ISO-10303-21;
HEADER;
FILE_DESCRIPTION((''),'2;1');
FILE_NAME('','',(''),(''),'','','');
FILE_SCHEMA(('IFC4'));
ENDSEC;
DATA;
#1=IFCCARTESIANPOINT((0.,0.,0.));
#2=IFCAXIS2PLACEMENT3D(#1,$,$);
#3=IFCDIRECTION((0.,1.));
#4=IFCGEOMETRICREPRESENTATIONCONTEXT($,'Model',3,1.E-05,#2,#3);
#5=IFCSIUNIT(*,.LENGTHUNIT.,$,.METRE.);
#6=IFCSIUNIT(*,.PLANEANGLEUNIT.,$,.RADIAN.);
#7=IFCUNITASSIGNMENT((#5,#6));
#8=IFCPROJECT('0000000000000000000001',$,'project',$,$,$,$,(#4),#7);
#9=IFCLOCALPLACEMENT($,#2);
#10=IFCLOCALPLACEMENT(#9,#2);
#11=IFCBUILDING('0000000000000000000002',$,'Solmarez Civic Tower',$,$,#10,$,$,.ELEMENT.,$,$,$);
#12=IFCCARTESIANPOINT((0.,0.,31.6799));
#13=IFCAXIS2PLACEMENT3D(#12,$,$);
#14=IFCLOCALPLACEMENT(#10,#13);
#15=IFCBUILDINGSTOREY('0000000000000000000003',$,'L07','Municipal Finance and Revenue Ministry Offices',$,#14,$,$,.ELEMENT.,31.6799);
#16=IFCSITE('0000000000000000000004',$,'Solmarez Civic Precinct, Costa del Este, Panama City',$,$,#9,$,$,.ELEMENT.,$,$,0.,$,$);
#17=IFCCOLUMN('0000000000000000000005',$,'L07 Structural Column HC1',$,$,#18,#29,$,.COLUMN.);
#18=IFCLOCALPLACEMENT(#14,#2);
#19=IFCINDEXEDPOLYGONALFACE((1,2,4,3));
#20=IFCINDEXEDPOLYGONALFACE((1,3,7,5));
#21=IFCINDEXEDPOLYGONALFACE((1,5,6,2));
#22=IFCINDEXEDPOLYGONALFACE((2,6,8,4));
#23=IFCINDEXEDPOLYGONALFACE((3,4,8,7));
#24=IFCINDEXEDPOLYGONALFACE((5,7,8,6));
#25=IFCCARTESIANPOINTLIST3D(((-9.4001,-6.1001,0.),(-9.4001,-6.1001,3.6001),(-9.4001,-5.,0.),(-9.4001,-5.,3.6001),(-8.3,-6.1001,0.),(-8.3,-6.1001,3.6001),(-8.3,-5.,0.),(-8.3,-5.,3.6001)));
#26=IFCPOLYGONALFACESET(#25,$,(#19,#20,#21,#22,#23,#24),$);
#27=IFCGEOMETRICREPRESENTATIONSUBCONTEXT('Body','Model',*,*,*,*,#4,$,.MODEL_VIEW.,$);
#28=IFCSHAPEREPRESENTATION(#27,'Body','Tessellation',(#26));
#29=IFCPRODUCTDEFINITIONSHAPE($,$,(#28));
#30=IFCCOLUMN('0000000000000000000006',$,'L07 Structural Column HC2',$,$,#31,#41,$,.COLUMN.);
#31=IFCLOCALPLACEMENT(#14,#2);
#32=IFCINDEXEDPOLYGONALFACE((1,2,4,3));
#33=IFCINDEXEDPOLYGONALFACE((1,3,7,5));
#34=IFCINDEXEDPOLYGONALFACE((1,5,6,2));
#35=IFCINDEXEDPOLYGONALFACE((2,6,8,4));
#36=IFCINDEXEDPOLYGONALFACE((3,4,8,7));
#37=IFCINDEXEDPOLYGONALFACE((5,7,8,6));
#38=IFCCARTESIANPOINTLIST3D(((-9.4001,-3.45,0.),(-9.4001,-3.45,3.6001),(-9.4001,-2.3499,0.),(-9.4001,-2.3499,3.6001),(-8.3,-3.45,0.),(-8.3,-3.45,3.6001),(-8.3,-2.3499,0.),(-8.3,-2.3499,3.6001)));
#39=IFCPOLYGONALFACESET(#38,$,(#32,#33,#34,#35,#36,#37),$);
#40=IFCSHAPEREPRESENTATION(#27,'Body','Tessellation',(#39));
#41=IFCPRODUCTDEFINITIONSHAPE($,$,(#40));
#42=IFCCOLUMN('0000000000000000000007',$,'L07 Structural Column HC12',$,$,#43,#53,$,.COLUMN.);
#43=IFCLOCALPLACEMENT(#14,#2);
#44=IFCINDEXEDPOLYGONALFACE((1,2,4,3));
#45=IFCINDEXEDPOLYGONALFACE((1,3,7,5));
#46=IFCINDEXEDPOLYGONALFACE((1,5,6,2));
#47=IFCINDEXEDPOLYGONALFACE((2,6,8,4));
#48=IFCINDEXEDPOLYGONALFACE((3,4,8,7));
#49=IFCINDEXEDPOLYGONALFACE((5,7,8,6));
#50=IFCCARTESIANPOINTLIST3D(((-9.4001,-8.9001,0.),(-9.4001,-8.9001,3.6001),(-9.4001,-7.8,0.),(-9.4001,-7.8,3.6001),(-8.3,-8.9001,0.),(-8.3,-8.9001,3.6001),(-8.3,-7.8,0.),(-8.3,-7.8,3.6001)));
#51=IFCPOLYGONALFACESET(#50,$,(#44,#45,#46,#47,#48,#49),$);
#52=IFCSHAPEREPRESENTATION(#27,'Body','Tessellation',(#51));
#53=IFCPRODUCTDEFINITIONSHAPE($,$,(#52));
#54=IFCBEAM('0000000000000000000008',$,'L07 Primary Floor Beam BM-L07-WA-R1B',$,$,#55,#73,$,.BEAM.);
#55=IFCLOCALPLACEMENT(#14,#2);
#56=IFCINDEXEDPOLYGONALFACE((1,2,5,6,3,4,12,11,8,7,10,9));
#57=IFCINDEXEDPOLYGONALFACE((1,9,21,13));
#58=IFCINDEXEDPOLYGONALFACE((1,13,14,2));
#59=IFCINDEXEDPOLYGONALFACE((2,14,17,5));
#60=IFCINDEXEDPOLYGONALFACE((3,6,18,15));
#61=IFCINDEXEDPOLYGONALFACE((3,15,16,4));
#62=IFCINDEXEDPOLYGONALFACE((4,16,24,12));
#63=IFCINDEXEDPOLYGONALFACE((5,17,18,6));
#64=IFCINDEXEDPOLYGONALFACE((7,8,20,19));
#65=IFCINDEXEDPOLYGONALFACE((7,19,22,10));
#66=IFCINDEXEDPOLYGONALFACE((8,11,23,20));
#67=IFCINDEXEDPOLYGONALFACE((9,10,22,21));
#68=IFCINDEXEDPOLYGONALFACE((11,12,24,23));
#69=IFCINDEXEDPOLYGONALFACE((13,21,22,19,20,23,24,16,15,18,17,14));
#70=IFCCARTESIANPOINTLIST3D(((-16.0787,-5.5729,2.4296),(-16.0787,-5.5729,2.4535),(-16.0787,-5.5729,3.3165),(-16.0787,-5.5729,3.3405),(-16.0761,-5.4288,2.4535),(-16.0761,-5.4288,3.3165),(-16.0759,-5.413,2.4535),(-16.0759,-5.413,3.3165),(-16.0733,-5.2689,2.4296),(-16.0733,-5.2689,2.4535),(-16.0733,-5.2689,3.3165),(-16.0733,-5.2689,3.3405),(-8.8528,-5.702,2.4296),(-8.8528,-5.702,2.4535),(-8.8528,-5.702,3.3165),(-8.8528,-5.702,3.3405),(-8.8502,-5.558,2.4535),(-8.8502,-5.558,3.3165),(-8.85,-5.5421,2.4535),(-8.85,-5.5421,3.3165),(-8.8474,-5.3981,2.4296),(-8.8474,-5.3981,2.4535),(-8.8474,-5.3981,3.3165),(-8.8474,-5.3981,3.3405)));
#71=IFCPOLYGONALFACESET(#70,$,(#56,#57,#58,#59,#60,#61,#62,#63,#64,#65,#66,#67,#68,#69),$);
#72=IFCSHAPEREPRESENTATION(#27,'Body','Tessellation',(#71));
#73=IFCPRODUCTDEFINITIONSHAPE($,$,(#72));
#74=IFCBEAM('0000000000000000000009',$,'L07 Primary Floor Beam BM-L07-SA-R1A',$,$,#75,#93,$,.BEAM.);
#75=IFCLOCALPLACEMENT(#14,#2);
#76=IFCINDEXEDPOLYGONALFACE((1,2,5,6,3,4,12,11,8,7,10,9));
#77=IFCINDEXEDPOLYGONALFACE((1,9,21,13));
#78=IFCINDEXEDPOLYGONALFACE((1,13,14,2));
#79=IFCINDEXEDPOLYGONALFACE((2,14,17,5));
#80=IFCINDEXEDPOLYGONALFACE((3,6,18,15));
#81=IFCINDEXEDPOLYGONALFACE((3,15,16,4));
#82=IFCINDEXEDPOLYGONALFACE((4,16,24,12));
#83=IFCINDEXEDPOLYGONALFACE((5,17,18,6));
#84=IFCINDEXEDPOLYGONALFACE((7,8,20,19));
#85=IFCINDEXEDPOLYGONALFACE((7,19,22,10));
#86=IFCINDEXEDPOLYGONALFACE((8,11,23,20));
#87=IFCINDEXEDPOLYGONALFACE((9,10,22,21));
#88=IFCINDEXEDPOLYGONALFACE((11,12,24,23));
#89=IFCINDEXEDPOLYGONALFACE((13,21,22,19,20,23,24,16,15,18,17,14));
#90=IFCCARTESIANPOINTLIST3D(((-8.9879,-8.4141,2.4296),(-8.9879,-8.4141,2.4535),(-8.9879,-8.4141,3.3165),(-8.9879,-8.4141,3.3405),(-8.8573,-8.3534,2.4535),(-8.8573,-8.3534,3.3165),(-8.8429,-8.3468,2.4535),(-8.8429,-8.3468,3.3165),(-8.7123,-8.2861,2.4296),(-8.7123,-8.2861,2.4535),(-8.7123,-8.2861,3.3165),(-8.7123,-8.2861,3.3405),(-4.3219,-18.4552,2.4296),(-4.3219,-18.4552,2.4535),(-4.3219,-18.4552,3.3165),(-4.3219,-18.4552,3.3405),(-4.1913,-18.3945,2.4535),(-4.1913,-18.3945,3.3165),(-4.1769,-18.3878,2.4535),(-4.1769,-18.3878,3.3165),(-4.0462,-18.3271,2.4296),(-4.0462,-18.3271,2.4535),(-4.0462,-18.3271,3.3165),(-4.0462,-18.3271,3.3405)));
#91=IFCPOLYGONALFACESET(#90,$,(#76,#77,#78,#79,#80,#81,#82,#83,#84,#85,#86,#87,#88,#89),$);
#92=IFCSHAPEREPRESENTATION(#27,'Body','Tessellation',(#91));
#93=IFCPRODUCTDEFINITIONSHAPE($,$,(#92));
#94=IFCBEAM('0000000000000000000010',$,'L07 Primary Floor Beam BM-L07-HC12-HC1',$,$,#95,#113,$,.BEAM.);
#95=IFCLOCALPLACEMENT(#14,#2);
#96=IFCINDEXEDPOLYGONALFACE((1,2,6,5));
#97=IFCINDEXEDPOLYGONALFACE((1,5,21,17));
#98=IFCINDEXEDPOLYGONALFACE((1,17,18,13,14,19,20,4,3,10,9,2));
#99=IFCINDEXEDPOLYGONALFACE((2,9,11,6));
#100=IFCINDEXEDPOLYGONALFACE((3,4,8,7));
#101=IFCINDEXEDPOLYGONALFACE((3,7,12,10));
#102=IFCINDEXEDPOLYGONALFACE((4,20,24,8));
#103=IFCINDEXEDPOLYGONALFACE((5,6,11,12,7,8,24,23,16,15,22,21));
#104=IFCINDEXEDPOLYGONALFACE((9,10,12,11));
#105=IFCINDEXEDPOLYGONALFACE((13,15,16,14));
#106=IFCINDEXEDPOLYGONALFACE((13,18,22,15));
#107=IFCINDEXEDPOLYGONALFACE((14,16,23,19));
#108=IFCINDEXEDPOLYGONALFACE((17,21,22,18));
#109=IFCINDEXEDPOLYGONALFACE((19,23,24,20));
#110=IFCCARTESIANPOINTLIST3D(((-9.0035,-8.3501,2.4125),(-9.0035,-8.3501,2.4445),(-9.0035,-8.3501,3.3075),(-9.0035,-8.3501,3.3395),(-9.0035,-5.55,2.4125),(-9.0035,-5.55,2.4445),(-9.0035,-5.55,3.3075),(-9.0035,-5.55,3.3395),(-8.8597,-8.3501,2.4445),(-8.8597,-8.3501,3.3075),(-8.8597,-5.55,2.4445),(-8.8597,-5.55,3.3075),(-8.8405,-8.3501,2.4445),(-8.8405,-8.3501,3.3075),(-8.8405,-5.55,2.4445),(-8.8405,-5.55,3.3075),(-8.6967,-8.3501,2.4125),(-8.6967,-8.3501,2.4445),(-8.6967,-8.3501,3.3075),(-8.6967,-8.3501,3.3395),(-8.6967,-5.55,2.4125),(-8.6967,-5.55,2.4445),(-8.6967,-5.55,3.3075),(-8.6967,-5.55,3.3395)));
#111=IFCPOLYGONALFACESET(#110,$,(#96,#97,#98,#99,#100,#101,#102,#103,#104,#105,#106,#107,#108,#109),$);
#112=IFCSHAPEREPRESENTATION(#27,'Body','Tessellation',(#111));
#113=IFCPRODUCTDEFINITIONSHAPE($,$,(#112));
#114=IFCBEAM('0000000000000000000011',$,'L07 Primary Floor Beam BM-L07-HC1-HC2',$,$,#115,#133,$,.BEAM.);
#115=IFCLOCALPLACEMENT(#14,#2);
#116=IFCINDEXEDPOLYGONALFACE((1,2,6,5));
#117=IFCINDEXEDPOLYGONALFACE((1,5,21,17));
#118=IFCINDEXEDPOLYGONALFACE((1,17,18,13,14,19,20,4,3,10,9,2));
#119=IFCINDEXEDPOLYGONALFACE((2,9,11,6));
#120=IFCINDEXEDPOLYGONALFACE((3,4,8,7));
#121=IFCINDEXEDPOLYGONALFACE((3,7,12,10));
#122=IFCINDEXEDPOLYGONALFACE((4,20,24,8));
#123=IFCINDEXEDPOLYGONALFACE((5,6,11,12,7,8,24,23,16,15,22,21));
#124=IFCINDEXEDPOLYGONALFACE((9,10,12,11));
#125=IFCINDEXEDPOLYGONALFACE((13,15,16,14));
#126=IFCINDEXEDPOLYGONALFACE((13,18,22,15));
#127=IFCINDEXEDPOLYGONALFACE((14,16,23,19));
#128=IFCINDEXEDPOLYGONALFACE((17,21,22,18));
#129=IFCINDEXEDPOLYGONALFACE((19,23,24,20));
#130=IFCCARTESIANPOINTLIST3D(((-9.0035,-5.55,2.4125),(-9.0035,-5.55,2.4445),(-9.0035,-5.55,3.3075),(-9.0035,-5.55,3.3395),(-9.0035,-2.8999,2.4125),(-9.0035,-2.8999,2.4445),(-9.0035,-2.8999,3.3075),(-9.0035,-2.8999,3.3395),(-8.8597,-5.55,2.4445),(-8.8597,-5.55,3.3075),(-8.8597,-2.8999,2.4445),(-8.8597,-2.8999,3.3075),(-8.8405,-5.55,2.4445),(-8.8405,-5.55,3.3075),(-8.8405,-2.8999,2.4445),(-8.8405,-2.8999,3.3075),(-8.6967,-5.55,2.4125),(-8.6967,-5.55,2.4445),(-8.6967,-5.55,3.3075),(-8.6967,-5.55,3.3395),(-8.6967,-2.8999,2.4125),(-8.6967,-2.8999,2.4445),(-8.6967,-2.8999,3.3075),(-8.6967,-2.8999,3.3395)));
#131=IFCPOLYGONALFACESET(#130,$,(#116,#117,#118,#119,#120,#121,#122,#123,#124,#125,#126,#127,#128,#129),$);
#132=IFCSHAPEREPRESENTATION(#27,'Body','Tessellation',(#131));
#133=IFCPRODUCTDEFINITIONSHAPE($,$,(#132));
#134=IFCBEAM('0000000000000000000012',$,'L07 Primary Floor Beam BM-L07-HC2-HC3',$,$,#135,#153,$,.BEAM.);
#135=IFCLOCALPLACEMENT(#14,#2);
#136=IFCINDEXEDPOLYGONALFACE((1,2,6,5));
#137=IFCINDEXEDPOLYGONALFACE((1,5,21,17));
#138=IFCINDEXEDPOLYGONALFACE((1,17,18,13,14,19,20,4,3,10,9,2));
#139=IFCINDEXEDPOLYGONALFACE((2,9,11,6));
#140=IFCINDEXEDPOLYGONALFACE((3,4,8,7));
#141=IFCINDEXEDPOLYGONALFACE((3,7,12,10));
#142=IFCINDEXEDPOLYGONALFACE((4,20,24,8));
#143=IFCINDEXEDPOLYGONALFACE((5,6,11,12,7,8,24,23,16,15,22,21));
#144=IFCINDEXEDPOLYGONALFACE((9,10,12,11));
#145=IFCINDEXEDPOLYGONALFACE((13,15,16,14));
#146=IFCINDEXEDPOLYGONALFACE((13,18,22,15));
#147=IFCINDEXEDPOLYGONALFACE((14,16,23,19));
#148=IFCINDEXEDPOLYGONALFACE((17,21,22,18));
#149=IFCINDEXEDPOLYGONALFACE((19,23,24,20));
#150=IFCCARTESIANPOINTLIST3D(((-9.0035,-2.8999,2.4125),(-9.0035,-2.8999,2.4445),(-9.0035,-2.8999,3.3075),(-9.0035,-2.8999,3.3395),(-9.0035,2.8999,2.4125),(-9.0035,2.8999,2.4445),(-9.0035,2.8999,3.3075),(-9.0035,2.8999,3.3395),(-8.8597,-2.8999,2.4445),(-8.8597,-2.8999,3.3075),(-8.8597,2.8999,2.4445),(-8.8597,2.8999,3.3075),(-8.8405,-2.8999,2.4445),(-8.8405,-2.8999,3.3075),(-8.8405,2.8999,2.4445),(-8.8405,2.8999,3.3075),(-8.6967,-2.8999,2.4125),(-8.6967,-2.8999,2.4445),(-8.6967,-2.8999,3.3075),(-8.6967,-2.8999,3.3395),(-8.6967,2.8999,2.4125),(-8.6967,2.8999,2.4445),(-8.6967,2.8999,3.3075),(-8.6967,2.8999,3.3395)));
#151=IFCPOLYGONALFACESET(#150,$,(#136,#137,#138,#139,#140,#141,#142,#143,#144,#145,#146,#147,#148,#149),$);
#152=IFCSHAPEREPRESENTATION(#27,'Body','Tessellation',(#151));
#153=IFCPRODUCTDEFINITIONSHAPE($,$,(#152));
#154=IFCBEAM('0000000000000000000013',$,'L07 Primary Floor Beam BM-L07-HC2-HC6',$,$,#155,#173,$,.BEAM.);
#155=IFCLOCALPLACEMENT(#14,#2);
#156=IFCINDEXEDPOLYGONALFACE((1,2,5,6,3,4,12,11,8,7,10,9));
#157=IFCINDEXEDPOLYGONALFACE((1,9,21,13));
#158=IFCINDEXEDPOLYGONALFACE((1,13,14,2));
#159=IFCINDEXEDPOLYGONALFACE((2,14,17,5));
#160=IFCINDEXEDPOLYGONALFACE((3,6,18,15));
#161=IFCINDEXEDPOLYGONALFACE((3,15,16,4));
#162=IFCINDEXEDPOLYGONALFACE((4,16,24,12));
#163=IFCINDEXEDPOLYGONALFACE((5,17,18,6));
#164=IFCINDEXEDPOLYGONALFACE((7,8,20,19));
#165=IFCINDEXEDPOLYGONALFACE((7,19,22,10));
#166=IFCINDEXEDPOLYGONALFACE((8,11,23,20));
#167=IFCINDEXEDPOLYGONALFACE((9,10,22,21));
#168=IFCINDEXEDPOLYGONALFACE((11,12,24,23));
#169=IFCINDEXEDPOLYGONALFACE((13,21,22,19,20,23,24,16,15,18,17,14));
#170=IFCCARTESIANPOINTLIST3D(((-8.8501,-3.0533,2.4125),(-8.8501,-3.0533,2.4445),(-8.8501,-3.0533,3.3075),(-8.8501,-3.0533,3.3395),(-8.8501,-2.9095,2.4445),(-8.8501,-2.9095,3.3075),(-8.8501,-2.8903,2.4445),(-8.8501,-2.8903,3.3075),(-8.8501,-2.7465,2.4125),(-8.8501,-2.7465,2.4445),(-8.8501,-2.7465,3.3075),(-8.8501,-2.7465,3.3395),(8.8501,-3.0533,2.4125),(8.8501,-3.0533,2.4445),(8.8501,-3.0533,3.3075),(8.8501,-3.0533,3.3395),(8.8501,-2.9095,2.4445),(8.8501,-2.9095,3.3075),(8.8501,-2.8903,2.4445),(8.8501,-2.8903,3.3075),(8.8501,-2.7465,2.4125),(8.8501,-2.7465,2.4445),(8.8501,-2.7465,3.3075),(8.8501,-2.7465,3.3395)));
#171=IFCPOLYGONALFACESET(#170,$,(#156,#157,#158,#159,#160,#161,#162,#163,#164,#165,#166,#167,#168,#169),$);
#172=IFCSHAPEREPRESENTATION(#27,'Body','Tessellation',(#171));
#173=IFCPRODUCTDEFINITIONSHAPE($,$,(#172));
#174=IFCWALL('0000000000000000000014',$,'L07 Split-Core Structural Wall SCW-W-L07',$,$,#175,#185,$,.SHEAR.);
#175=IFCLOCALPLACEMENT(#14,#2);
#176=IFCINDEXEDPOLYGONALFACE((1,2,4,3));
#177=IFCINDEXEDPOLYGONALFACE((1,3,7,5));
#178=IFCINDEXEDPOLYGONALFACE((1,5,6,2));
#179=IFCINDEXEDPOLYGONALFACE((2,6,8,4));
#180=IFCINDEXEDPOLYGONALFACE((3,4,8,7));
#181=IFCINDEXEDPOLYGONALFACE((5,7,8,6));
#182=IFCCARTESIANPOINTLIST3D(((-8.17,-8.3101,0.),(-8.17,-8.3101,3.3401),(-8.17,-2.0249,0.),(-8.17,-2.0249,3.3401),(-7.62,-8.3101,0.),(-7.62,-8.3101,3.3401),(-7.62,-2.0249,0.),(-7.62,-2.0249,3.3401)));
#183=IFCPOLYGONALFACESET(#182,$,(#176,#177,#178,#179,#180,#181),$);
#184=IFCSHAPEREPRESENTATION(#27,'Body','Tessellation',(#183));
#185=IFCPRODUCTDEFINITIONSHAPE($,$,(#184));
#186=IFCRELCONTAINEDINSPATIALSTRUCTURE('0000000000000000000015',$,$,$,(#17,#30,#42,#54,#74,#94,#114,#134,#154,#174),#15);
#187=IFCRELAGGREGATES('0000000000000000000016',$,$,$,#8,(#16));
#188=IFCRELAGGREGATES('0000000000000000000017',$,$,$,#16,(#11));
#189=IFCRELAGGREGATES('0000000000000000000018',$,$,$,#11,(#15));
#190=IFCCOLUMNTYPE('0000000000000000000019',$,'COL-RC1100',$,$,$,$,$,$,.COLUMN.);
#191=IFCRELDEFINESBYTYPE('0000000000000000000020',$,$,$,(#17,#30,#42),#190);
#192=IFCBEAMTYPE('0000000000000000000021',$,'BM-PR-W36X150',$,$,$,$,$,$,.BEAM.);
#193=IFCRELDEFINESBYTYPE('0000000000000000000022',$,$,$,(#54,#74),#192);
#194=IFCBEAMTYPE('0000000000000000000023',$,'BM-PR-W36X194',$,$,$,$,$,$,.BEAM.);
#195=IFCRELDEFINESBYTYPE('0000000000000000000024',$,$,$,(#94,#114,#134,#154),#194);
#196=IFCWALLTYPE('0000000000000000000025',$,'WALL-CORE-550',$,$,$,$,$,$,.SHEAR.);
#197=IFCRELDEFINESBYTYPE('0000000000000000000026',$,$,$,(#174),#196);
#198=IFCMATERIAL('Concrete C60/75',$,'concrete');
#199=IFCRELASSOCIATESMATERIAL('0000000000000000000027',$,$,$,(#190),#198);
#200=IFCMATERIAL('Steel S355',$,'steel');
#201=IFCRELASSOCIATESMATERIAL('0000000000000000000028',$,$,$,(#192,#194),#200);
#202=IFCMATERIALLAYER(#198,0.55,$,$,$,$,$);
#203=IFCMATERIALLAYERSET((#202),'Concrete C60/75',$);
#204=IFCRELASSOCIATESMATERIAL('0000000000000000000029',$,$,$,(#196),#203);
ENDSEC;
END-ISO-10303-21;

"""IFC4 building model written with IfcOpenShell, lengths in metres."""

from ifc_helpers import new_model, si_unit, direction, frame, frame_2d, origin, origin_2d, place, context, subcontext, project, spatial, rectangle, i_section, extrude, material, layer, layer_set, material_profile, profile_set, type_object, element, save


model = new_model("IFC4")

# Units and contexts
model_context = context("Model", 3, precision=1e-05, world=origin(), true_north=direction((0.0, 1.0)))
body_context = subcontext(model_context, "Body", "Model", "MODEL_VIEW")
ifc_project = project(units=[si_unit("LENGTHUNIT", "METRE"), si_unit("PLANEANGLEUNIT", "RADIAN")], contexts=[model_context])

# Site, building, storey
site_placement = place(None, origin())
site = spatial("IfcSite", under=ifc_project, at=site_placement, Name="Solmarez Civic Precinct, Costa del Este, Panama City", CompositionType="ELEMENT", RefElevation=0.0)
building_placement = place(site_placement, origin())
building = spatial("IfcBuilding", under=site, at=building_placement, Name="Solmarez Civic Tower", CompositionType="ELEMENT")
storey_placement = place(building_placement, frame((0.0, 0.0, 31.6799)))
storey = spatial("IfcBuildingStorey", under=building, at=storey_placement, Name="L07", Description="Municipal Finance and Revenue Ministry Offices", CompositionType="ELEMENT", Elevation=31.6799)

# Columns
ifc_material_1 = material(Name="Concrete C60/75", Category="concrete")
ifc_material_profile_1 = material_profile(ifc_material_1, rectangle(XDim=1.1001, YDim=1.1001, at=origin_2d()), Name="RC1100X1100")
ifc_profile_set_1 = profile_set([ifc_material_profile_1], Name="Concrete C60/75")
column_type = type_object("IfcColumnType", Name="COL-RC1100", PredefinedType="COLUMN", material=ifc_profile_set_1)
for number, where, z_axis, x_axis, name in (
    (1, (-8.8501, -5.55, 0.0), (0.0, 0.0, 1.0), (1.0, 0.0, 0.0), "L07 Structural Column HC1"),
    (2, (-8.8501, -2.8999, 0.0), (0.0, 0.0, 1.0), (1.0, 0.0, 0.0), "L07 Structural Column HC2"),
    (3, (-8.8501, -8.3501, 0.0), (0.0, 0.0, 1.0), (1.0, 0.0, 0.0), "L07 Structural Column HC12"),
):
    element("IfcColumn", number, at=place(storey_placement, frame(where, z_axis=z_axis, x_axis=x_axis)), inside=storey, type_object=column_type, Name=name, PredefinedType="COLUMN", context=body_context, shape_type="SweptSolid", body=[
        extrude(rectangle(XDim=1.1001, YDim=1.1001, at=origin_2d()), origin(), (0.0, 0.0, 1.0), 3.6001),
    ])

# Beams
ifc_material_2 = material(Name="Steel S355", Category="steel")
ifc_material_profile_2 = material_profile(ifc_material_2, i_section(OverallWidth=0.304, OverallDepth=0.9109, WebThickness=0.0159, FlangeThickness=0.0239, at=origin_2d()), Name="W36X150")
ifc_profile_set_2 = profile_set([ifc_material_profile_2], Name="Steel S355")
beam_type_1 = type_object("IfcBeamType", Name="BM-PR-W36X150", PredefinedType="BEAM", material=ifc_profile_set_2)
beam_1_placement = place(storey_placement, frame((-8.8501, -5.55, 2.885), z_axis=(-0.99984, 0.017871, 0.0), x_axis=(-0.017871, -0.99984, 0.0)))
element("IfcBeam", 4, at=beam_1_placement, inside=storey, type_object=beam_type_1, Name="L07 Primary Floor Beam BM-L07-WA-R1B", PredefinedType="BEAM", context=body_context, shape_type="SweptSolid", body=[
    extrude(i_section(OverallWidth=0.304, OverallDepth=0.9109, WebThickness=0.0159, FlangeThickness=0.0239, at=origin_2d()), origin(), (0.0, 0.0, 1.0), 7.2271),
])
beam_2_placement = place(storey_placement, frame((-8.8501, -8.3501, 2.885), z_axis=(0.421417, -0.906867, 0.0), x_axis=(0.906867, 0.421417, 0.0)))
element("IfcBeam", 5, at=beam_2_placement, inside=storey, type_object=beam_type_1, Name="L07 Primary Floor Beam BM-L07-SA-R1A", PredefinedType="BEAM", context=body_context, shape_type="SweptSolid", body=[
    extrude(i_section(OverallWidth=0.304, OverallDepth=0.9109, WebThickness=0.0159, FlangeThickness=0.0239, at=origin_2d()), origin(), (0.0, 0.0, 1.0), 11.0723),
])
ifc_material_profile_3 = material_profile(ifc_material_2, i_section(OverallWidth=0.3069, OverallDepth=0.927, WebThickness=0.0193, FlangeThickness=0.032, at=origin_2d()), Name="W36X194")
ifc_profile_set_3 = profile_set([ifc_material_profile_3], Name="Steel S355")
beam_type_2 = type_object("IfcBeamType", Name="BM-PR-W36X194", PredefinedType="BEAM", material=ifc_profile_set_3)
beam_3_placement = place(storey_placement, frame((-8.8501, -8.3501, 2.876), z_axis=(0.0, 1.0, 0.0), x_axis=(-1.0, 0.0, 0.0)))
element("IfcBeam", 6, at=beam_3_placement, inside=storey, type_object=beam_type_2, Name="L07 Primary Floor Beam BM-L07-HC12-HC1", PredefinedType="BEAM", context=body_context, shape_type="SweptSolid", body=[
    extrude(i_section(OverallWidth=0.3069, OverallDepth=0.927, WebThickness=0.0193, FlangeThickness=0.032, at=origin_2d()), origin(), (0.0, 0.0, 1.0), 2.8),
])
beam_4_placement = place(storey_placement, frame((-8.8501, -5.55, 2.876), z_axis=(0.0, 1.0, 0.0), x_axis=(-1.0, 0.0, 0.0)))
element("IfcBeam", 7, at=beam_4_placement, inside=storey, type_object=beam_type_2, Name="L07 Primary Floor Beam BM-L07-HC1-HC2", PredefinedType="BEAM", context=body_context, shape_type="SweptSolid", body=[
    extrude(i_section(OverallWidth=0.3069, OverallDepth=0.927, WebThickness=0.0193, FlangeThickness=0.032, at=origin_2d()), origin(), (0.0, 0.0, 1.0), 2.6501),
])
beam_5_placement = place(storey_placement, frame((-8.8501, -2.8999, 2.876), z_axis=(0.0, 1.0, 0.0), x_axis=(-1.0, 0.0, 0.0)))
element("IfcBeam", 8, at=beam_5_placement, inside=storey, type_object=beam_type_2, Name="L07 Primary Floor Beam BM-L07-HC2-HC3", PredefinedType="BEAM", context=body_context, shape_type="SweptSolid", body=[
    extrude(i_section(OverallWidth=0.3069, OverallDepth=0.927, WebThickness=0.0193, FlangeThickness=0.032, at=origin_2d()), origin(), (0.0, 0.0, 1.0), 5.7998),
])
beam_6_placement = place(storey_placement, frame((-8.8501, -2.8999, 2.876), z_axis=(1.0, 0.0, 0.0), x_axis=(0.0, 1.0, 0.0)))
element("IfcBeam", 9, at=beam_6_placement, inside=storey, type_object=beam_type_2, Name="L07 Primary Floor Beam BM-L07-HC2-HC6", PredefinedType="BEAM", context=body_context, shape_type="SweptSolid", body=[
    extrude(i_section(OverallWidth=0.3069, OverallDepth=0.927, WebThickness=0.0193, FlangeThickness=0.032, at=origin_2d()), origin(), (0.0, 0.0, 1.0), 17.7002),
])

# Shared definitions
ifc_layer_1 = layer(ifc_material_1, 0.55)
ifc_layer_set_1 = layer_set([ifc_layer_1], Name="Concrete C60/75")
wall_type_1 = type_object("IfcWallType", Name="WALL-CORE-550", PredefinedType="SHEAR", material=ifc_layer_set_1)

# Wall
wall_1_placement = place(storey_placement, frame((-7.895, -8.3101, 0.0), z_axis=(0.0, 0.0, 1.0), x_axis=(0.0, 1.0, 0.0)))
element("IfcWall", 10, at=wall_1_placement, inside=storey, type_object=wall_type_1, Name="L07 Split-Core Structural Wall SCW-W-L07", PredefinedType="SHEAR", context=body_context, shape_type="SweptSolid", body=[
    extrude(rectangle(XDim=6.2852, YDim=0.55, at=frame_2d((3.1426, 0.0))), origin(), (0.0, 0.0, 1.0), 3.3401),
])

save(model, "model.ifc")
